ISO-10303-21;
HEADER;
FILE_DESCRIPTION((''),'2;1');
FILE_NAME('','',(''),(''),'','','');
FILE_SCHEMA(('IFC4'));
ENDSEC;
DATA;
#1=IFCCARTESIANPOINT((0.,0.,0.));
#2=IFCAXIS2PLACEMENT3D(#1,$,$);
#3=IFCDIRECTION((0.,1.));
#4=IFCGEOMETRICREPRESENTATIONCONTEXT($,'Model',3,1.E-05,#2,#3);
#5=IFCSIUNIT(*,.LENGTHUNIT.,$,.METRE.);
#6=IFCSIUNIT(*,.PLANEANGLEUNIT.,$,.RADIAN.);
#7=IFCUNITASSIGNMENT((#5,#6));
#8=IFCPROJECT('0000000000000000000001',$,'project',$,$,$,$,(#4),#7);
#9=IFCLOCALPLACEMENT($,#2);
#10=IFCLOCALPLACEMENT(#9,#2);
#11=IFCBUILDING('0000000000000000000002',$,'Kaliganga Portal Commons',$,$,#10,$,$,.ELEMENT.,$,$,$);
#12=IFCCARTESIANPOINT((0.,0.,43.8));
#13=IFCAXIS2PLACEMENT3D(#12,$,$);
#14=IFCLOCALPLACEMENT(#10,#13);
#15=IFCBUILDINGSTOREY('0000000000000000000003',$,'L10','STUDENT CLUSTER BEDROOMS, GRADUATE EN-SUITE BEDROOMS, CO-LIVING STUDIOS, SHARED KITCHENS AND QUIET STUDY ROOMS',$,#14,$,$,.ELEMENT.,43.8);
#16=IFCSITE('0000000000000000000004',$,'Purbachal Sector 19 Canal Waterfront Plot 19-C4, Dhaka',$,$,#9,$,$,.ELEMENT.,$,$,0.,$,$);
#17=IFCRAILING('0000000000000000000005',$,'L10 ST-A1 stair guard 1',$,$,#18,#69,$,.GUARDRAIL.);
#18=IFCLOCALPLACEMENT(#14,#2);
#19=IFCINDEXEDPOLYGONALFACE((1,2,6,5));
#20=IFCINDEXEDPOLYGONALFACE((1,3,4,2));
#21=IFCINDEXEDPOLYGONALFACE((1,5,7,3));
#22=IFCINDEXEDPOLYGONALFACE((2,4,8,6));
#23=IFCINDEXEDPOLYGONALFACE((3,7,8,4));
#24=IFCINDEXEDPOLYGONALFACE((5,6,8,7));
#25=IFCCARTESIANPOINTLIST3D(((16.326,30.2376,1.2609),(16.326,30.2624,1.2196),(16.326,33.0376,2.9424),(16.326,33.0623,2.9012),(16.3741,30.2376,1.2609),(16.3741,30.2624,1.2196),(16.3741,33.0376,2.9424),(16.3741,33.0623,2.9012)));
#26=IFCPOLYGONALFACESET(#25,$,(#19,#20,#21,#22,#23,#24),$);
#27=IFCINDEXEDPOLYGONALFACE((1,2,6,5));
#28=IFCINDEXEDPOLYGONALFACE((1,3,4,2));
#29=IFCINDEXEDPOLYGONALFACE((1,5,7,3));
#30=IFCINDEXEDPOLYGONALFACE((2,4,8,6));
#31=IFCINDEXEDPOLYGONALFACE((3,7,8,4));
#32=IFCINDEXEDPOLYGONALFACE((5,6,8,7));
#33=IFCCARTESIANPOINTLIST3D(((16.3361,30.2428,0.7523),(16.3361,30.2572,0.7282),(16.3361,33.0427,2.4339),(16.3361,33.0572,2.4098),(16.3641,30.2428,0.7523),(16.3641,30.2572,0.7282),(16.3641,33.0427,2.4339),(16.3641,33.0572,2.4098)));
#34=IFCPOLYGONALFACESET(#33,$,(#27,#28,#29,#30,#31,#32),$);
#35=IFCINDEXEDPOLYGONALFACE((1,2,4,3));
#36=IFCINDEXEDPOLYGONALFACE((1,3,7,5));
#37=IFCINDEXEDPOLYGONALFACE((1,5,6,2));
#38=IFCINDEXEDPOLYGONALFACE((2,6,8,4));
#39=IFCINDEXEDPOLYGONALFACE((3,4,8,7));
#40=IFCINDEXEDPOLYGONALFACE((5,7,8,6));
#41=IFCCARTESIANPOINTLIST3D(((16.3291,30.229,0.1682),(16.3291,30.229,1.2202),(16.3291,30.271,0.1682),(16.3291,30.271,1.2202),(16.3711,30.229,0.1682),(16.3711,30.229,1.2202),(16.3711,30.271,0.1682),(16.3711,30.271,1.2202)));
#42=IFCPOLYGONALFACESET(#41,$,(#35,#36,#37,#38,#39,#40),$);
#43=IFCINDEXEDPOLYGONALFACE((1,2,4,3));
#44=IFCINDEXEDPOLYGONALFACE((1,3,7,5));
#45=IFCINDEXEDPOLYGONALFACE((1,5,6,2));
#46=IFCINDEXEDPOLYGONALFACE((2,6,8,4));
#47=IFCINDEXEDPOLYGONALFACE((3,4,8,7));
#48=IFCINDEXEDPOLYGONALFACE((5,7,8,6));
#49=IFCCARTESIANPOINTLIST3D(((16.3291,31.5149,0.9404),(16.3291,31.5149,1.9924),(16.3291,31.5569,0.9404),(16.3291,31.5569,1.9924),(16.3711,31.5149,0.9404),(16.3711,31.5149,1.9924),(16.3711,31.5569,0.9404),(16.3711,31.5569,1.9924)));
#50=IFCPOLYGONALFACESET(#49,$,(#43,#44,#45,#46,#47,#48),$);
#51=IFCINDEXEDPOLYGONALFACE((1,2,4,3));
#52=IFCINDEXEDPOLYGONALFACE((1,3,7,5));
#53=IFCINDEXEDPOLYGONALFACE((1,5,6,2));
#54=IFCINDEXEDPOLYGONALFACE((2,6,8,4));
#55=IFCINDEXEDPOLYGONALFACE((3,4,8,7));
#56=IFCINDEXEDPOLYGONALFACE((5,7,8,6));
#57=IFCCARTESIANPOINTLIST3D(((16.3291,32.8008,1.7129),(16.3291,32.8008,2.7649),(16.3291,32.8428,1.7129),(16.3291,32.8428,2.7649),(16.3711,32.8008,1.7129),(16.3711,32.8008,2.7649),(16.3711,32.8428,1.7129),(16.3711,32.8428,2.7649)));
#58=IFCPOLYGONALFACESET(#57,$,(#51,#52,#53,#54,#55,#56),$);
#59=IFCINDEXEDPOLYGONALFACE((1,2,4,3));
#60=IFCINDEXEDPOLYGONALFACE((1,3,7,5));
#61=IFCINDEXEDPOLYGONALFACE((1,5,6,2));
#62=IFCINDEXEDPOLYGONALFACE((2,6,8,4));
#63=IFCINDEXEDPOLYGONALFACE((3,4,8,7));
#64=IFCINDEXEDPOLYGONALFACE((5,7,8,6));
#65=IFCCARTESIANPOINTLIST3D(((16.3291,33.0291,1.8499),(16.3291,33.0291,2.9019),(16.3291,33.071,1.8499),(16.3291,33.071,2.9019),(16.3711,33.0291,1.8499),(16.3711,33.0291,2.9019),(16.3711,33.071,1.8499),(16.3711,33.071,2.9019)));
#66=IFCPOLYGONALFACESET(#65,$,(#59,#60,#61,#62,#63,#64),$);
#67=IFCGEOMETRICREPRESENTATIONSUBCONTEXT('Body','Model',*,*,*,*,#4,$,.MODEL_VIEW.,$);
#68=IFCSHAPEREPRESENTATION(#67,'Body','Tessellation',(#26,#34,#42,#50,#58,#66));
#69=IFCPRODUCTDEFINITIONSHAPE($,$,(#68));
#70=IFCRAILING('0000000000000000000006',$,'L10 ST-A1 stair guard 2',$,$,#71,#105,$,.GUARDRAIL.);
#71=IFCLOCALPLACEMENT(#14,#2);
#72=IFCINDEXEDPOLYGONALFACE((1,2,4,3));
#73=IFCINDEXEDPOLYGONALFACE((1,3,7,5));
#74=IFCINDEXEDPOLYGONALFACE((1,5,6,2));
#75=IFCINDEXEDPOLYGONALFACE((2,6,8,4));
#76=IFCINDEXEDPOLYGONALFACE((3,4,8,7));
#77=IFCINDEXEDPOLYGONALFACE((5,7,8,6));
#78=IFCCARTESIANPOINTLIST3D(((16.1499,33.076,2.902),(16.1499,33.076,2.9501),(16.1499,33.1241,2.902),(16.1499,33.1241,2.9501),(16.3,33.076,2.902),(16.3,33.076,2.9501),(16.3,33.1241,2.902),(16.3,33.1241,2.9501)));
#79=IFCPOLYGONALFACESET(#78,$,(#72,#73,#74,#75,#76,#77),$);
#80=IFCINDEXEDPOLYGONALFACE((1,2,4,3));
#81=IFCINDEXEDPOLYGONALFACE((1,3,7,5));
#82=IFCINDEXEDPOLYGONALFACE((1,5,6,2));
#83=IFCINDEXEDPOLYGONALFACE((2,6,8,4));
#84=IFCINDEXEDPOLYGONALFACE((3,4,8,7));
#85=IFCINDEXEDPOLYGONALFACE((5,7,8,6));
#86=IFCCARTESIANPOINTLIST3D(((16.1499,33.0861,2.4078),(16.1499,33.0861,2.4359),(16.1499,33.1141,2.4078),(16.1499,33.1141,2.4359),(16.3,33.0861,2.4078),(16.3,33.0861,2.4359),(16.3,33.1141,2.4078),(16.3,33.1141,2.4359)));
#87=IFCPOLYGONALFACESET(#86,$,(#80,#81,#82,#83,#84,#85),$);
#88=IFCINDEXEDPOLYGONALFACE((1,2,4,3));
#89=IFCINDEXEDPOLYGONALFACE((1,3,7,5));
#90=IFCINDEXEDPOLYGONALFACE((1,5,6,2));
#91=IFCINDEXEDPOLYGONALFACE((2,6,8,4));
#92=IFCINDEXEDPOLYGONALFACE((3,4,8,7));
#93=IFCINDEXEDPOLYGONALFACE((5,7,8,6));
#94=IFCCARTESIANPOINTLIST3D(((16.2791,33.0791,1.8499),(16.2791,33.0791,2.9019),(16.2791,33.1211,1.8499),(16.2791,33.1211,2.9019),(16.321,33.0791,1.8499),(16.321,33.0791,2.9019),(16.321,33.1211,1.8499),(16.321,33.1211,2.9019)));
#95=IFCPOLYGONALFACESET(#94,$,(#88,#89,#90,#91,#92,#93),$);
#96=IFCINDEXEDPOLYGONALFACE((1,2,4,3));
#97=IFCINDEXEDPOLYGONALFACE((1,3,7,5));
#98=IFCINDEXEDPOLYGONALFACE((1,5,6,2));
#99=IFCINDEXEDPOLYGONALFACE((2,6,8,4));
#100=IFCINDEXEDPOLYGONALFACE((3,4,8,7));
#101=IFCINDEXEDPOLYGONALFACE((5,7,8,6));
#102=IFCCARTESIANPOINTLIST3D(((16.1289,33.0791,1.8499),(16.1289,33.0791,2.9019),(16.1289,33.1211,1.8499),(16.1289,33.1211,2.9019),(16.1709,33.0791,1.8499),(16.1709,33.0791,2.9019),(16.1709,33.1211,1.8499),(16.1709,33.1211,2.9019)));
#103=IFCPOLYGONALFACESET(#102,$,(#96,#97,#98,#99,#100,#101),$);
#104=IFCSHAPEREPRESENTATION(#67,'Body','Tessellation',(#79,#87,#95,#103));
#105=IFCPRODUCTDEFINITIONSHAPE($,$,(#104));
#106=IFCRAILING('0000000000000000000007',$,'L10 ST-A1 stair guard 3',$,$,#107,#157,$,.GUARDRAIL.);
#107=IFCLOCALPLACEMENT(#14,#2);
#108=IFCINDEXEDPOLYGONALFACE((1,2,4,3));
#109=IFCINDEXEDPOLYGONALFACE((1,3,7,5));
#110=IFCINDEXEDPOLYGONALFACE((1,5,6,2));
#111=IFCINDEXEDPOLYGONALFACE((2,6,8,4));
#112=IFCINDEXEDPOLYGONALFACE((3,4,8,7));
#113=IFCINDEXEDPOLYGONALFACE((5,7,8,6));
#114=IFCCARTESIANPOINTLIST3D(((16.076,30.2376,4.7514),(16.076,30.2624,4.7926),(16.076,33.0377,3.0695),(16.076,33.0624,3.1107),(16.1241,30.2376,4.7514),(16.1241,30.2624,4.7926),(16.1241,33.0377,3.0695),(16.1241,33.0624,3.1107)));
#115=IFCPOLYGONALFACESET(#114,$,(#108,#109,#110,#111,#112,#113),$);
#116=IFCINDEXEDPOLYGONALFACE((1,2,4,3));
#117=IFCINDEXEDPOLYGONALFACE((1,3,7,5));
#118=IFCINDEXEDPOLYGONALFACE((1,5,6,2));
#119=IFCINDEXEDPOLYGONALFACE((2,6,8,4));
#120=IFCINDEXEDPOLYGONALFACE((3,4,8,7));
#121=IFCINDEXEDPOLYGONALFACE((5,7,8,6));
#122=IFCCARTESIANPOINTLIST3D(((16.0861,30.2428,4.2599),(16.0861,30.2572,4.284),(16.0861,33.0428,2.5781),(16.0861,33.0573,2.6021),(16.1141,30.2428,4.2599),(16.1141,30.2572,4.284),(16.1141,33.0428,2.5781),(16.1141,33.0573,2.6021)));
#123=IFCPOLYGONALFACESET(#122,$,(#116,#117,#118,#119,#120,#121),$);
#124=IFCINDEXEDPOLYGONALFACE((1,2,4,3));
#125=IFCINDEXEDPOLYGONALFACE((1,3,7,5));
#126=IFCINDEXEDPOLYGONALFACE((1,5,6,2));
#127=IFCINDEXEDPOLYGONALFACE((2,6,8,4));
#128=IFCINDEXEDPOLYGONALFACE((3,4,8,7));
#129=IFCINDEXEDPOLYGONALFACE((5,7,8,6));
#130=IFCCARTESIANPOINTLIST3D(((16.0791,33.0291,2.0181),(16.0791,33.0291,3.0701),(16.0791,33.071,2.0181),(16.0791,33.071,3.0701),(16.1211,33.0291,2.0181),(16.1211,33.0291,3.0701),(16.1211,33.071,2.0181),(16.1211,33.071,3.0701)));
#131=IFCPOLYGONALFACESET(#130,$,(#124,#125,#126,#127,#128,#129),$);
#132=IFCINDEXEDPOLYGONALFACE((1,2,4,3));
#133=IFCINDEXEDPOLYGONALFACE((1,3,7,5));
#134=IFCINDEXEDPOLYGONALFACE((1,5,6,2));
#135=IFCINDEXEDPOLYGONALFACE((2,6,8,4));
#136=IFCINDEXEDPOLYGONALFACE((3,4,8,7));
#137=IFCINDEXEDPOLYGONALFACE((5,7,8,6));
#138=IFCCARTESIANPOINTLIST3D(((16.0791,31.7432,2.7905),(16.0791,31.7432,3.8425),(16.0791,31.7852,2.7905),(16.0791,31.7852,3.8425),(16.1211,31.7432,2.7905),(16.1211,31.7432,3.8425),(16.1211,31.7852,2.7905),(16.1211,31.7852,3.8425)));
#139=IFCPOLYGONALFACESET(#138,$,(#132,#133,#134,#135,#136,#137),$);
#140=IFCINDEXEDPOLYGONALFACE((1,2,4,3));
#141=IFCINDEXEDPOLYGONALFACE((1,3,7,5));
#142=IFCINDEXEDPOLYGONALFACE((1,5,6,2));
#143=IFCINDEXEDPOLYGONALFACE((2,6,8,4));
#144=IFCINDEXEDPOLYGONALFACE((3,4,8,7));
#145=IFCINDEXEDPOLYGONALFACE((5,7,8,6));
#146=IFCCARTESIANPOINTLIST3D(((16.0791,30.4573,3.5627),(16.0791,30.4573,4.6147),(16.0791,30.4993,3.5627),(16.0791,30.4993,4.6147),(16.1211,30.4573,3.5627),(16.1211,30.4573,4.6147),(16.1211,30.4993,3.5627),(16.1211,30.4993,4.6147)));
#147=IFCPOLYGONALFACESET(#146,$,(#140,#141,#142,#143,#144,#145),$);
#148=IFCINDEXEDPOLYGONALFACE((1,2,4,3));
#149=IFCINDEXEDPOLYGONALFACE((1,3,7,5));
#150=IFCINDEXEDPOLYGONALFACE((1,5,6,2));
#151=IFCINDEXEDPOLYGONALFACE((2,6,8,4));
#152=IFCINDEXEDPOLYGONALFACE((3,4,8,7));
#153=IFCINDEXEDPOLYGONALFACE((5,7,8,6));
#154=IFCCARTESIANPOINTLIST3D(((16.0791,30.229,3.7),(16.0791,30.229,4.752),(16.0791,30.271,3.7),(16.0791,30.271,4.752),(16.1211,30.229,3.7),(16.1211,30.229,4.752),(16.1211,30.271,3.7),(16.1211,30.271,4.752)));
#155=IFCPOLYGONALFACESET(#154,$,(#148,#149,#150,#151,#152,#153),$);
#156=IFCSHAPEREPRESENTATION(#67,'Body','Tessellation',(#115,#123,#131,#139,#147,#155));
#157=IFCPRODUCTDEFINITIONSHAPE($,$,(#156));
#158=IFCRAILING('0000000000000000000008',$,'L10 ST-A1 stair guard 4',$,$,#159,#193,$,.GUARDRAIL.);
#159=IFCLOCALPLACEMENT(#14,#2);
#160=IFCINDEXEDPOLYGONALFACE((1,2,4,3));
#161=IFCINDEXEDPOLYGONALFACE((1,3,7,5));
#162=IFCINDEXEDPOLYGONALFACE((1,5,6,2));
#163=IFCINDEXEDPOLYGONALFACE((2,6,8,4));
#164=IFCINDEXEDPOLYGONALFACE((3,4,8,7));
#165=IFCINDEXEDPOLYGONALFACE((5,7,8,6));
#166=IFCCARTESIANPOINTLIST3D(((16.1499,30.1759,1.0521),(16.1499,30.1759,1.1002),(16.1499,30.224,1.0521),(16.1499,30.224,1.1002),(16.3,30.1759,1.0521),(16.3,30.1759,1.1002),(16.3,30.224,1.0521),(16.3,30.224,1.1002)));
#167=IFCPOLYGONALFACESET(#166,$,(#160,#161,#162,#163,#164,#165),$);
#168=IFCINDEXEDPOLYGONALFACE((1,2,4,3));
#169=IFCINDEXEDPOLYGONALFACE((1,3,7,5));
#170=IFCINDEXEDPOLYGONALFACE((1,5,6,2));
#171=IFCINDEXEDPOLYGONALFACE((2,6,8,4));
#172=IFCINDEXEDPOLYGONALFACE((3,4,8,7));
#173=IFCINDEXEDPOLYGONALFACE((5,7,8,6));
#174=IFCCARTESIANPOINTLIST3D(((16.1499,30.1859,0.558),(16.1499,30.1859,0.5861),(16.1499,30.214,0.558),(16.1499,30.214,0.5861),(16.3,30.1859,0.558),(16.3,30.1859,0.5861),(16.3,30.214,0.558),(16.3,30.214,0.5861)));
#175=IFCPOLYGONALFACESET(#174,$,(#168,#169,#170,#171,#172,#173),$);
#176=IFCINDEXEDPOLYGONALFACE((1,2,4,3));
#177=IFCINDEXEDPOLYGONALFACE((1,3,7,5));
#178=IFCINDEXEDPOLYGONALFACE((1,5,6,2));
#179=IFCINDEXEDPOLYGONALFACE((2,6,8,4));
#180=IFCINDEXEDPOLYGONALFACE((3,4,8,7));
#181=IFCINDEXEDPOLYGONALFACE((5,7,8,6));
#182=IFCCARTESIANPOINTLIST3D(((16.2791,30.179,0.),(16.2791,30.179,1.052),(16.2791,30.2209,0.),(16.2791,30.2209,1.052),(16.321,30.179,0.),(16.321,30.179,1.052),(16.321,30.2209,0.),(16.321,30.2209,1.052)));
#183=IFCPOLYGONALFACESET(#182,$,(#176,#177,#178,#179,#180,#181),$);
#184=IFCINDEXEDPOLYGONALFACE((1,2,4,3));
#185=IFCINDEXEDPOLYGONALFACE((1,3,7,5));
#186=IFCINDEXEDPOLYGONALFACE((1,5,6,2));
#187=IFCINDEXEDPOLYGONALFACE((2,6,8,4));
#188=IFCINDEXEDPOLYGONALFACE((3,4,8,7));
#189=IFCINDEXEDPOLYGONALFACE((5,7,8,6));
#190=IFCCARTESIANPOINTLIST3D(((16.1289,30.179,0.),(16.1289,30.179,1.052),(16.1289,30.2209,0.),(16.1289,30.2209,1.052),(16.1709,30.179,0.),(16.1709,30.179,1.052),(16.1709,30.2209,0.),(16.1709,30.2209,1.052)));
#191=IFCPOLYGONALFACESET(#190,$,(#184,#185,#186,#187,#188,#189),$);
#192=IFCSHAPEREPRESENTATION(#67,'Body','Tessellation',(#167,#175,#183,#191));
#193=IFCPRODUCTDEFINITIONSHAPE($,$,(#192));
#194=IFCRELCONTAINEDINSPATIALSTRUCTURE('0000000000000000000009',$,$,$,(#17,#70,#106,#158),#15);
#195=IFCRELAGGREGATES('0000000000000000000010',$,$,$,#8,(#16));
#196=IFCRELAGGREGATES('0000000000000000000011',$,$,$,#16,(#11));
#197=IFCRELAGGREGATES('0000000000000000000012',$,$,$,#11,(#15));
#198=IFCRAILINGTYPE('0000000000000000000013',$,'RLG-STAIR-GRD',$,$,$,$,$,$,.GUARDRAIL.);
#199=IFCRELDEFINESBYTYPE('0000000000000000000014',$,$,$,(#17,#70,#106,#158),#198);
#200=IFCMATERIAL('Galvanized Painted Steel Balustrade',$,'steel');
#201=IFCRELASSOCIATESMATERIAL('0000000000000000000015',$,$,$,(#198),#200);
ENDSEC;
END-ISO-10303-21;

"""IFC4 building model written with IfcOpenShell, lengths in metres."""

from ifc_helpers import new_model, si_unit, direction, frame, origin, origin_2d, place, context, subcontext, project, spatial, rectangle, extrude, material, type_object, element, save


model = new_model("IFC4")

# Units and contexts
model_context = context("Model", 3, precision=1e-05, world=origin(), true_north=direction((0.0, 1.0)))
body_context = subcontext(model_context, "Body", "Model", "MODEL_VIEW")
ifc_project = project(units=[si_unit("LENGTHUNIT", "METRE"), si_unit("PLANEANGLEUNIT", "RADIAN")], contexts=[model_context])

# Site, building, storey
site_placement = place(None, origin())
site = spatial("IfcSite", under=ifc_project, at=site_placement, Name="Purbachal Sector 19 Canal Waterfront Plot 19-C4, Dhaka", CompositionType="ELEMENT", RefElevation=0.0)
building_placement = place(site_placement, origin())
building = spatial("IfcBuilding", under=site, at=building_placement, Name="Kaliganga Portal Commons", CompositionType="ELEMENT")
storey_placement = place(building_placement, frame((0.0, 0.0, 43.8)))
storey = spatial("IfcBuildingStorey", under=building, at=storey_placement, Name="L10", Description="STUDENT CLUSTER BEDROOMS, GRADUATE EN-SUITE BEDROOMS, CO-LIVING STUDIOS, SHARED KITCHENS AND QUIET STUDY ROOMS", CompositionType="ELEMENT", Elevation=43.8)

# Railings
ifc_material_1 = material(Name="Galvanized Painted Steel Balustrade", Category="steel")
railing_type_1 = type_object("IfcRailingType", Name="RLG-STAIR-GRD", PredefinedType="GUARDRAIL", material=ifc_material_1)
railing_1_placement = place(storey_placement, frame((16.3501, 30.25, 0.1682)))
element("IfcRailing", 1, at=railing_1_placement, inside=storey, type_object=railing_type_1, Name="L10 ST-A1 stair guard 1", PredefinedType="GUARDRAIL", context=body_context, shape_type="SweptSolid", body=[
    extrude(rectangle(XDim=0.0481, YDim=0.0481, at=origin_2d()), frame((0.0, 0.0, 1.072), z_axis=(0.0, 0.857275, 0.514858), x_axis=(-1.0, 0.0, 0.0)), (0.0, 0.0, 1.0), 3.2661),
    extrude(rectangle(XDim=0.0281, YDim=0.0281, at=origin_2d()), frame((0.0, 0.0, 0.572), z_axis=(0.0, 0.857275, 0.514858), x_axis=(-1.0, 0.0, 0.0)), (0.0, 0.0, 1.0), 3.2661),
    extrude(rectangle(XDim=0.042, YDim=0.042, at=origin_2d()), origin(), (0.0, 0.0, 1.0), 1.052),
    extrude(rectangle(XDim=0.042, YDim=0.042, at=origin_2d()), frame((0.0, 1.2859, 0.7722)), (0.0, 0.0, 1.0), 1.052),
    extrude(rectangle(XDim=0.042, YDim=0.042, at=origin_2d()), frame((0.0, 2.5718, 1.5447)), (0.0, 0.0, 1.0), 1.052),
    extrude(rectangle(XDim=0.042, YDim=0.042, at=origin_2d()), frame((0.0, 2.8, 1.6816)), (0.0, 0.0, 1.0), 1.052),
])
railing_2_placement = place(storey_placement, frame((16.3, 33.1001, 1.8499)))
element("IfcRailing", 2, at=railing_2_placement, inside=storey, type_object=railing_type_1, Name="L10 ST-A1 stair guard 2", PredefinedType="GUARDRAIL", context=body_context, shape_type="SweptSolid", body=[
    extrude(rectangle(XDim=0.0481, YDim=0.0481, at=origin_2d()), frame((0.0, 0.0, 1.0762), z_axis=(-1.0, 0.0, 0.0), x_axis=(0.0, -1.0, 0.0)), (0.0, 0.0, 1.0), 0.1501),
    extrude(rectangle(XDim=0.0281, YDim=0.0281, at=origin_2d()), frame((0.0, 0.0, 0.572), z_axis=(-1.0, 0.0, 0.0), x_axis=(0.0, -1.0, 0.0)), (0.0, 0.0, 1.0), 0.1501),
    extrude(rectangle(XDim=0.042, YDim=0.042, at=origin_2d()), origin(), (0.0, 0.0, 1.0), 1.052),
    extrude(rectangle(XDim=0.042, YDim=0.042, at=origin_2d()), frame((-0.1501, 0.0, 0.0)), (0.0, 0.0, 1.0), 1.052),
])
railing_3_placement = place(storey_placement, frame((16.1001, 33.05, 2.0181)))
element("IfcRailing", 3, at=railing_3_placement, inside=storey, type_object=railing_type_1, Name="L10 ST-A1 stair guard 3", PredefinedType="GUARDRAIL", context=body_context, shape_type="SweptSolid", body=[
    extrude(rectangle(XDim=0.0481, YDim=0.0481, at=origin_2d()), frame((0.0, 0.0, 1.072), z_axis=(0.0, -0.857242, 0.514913), x_axis=(1.0, 0.0, 0.0)), (0.0, 0.0, 1.0), 3.2664),
    extrude(rectangle(XDim=0.0281, YDim=0.0281, at=origin_2d()), frame((0.0, 0.0, 0.572), z_axis=(0.0, -0.857242, 0.514913), x_axis=(1.0, 0.0, 0.0)), (0.0, 0.0, 1.0), 3.2664),
    extrude(rectangle(XDim=0.042, YDim=0.042, at=origin_2d()), origin(), (0.0, 0.0, 1.0), 1.052),
    extrude(rectangle(XDim=0.042, YDim=0.042, at=origin_2d()), frame((0.0, -1.2859, 0.7725)), (0.0, 0.0, 1.0), 1.052),
    extrude(rectangle(XDim=0.042, YDim=0.042, at=origin_2d()), frame((0.0, -2.5718, 1.5447)), (0.0, 0.0, 1.0), 1.052),
    extrude(rectangle(XDim=0.042, YDim=0.042, at=origin_2d()), frame((0.0, -2.8, 1.6819)), (0.0, 0.0, 1.0), 1.052),
])
railing_4_placement = place(storey_placement, frame((16.3, 30.2, 0.0)))
element("IfcRailing", 4, at=railing_4_placement, inside=storey, type_object=railing_type_1, Name="L10 ST-A1 stair guard 4", PredefinedType="GUARDRAIL", context=body_context, shape_type="SweptSolid", body=[
    extrude(rectangle(XDim=0.0481, YDim=0.0481, at=origin_2d()), frame((0.0, 0.0, 1.0762), z_axis=(-1.0, 0.0, 0.0), x_axis=(0.0, -1.0, 0.0)), (0.0, 0.0, 1.0), 0.1501),
    extrude(rectangle(XDim=0.0281, YDim=0.0281, at=origin_2d()), frame((0.0, 0.0, 0.572), z_axis=(-1.0, 0.0, 0.0), x_axis=(0.0, -1.0, 0.0)), (0.0, 0.0, 1.0), 0.1501),
    extrude(rectangle(XDim=0.042, YDim=0.042, at=origin_2d()), origin(), (0.0, 0.0, 1.0), 1.052),
    extrude(rectangle(XDim=0.042, YDim=0.042, at=origin_2d()), frame((-0.1501, 0.0, 0.0)), (0.0, 0.0, 1.0), 1.052),
])

save(model, "model.ifc")
